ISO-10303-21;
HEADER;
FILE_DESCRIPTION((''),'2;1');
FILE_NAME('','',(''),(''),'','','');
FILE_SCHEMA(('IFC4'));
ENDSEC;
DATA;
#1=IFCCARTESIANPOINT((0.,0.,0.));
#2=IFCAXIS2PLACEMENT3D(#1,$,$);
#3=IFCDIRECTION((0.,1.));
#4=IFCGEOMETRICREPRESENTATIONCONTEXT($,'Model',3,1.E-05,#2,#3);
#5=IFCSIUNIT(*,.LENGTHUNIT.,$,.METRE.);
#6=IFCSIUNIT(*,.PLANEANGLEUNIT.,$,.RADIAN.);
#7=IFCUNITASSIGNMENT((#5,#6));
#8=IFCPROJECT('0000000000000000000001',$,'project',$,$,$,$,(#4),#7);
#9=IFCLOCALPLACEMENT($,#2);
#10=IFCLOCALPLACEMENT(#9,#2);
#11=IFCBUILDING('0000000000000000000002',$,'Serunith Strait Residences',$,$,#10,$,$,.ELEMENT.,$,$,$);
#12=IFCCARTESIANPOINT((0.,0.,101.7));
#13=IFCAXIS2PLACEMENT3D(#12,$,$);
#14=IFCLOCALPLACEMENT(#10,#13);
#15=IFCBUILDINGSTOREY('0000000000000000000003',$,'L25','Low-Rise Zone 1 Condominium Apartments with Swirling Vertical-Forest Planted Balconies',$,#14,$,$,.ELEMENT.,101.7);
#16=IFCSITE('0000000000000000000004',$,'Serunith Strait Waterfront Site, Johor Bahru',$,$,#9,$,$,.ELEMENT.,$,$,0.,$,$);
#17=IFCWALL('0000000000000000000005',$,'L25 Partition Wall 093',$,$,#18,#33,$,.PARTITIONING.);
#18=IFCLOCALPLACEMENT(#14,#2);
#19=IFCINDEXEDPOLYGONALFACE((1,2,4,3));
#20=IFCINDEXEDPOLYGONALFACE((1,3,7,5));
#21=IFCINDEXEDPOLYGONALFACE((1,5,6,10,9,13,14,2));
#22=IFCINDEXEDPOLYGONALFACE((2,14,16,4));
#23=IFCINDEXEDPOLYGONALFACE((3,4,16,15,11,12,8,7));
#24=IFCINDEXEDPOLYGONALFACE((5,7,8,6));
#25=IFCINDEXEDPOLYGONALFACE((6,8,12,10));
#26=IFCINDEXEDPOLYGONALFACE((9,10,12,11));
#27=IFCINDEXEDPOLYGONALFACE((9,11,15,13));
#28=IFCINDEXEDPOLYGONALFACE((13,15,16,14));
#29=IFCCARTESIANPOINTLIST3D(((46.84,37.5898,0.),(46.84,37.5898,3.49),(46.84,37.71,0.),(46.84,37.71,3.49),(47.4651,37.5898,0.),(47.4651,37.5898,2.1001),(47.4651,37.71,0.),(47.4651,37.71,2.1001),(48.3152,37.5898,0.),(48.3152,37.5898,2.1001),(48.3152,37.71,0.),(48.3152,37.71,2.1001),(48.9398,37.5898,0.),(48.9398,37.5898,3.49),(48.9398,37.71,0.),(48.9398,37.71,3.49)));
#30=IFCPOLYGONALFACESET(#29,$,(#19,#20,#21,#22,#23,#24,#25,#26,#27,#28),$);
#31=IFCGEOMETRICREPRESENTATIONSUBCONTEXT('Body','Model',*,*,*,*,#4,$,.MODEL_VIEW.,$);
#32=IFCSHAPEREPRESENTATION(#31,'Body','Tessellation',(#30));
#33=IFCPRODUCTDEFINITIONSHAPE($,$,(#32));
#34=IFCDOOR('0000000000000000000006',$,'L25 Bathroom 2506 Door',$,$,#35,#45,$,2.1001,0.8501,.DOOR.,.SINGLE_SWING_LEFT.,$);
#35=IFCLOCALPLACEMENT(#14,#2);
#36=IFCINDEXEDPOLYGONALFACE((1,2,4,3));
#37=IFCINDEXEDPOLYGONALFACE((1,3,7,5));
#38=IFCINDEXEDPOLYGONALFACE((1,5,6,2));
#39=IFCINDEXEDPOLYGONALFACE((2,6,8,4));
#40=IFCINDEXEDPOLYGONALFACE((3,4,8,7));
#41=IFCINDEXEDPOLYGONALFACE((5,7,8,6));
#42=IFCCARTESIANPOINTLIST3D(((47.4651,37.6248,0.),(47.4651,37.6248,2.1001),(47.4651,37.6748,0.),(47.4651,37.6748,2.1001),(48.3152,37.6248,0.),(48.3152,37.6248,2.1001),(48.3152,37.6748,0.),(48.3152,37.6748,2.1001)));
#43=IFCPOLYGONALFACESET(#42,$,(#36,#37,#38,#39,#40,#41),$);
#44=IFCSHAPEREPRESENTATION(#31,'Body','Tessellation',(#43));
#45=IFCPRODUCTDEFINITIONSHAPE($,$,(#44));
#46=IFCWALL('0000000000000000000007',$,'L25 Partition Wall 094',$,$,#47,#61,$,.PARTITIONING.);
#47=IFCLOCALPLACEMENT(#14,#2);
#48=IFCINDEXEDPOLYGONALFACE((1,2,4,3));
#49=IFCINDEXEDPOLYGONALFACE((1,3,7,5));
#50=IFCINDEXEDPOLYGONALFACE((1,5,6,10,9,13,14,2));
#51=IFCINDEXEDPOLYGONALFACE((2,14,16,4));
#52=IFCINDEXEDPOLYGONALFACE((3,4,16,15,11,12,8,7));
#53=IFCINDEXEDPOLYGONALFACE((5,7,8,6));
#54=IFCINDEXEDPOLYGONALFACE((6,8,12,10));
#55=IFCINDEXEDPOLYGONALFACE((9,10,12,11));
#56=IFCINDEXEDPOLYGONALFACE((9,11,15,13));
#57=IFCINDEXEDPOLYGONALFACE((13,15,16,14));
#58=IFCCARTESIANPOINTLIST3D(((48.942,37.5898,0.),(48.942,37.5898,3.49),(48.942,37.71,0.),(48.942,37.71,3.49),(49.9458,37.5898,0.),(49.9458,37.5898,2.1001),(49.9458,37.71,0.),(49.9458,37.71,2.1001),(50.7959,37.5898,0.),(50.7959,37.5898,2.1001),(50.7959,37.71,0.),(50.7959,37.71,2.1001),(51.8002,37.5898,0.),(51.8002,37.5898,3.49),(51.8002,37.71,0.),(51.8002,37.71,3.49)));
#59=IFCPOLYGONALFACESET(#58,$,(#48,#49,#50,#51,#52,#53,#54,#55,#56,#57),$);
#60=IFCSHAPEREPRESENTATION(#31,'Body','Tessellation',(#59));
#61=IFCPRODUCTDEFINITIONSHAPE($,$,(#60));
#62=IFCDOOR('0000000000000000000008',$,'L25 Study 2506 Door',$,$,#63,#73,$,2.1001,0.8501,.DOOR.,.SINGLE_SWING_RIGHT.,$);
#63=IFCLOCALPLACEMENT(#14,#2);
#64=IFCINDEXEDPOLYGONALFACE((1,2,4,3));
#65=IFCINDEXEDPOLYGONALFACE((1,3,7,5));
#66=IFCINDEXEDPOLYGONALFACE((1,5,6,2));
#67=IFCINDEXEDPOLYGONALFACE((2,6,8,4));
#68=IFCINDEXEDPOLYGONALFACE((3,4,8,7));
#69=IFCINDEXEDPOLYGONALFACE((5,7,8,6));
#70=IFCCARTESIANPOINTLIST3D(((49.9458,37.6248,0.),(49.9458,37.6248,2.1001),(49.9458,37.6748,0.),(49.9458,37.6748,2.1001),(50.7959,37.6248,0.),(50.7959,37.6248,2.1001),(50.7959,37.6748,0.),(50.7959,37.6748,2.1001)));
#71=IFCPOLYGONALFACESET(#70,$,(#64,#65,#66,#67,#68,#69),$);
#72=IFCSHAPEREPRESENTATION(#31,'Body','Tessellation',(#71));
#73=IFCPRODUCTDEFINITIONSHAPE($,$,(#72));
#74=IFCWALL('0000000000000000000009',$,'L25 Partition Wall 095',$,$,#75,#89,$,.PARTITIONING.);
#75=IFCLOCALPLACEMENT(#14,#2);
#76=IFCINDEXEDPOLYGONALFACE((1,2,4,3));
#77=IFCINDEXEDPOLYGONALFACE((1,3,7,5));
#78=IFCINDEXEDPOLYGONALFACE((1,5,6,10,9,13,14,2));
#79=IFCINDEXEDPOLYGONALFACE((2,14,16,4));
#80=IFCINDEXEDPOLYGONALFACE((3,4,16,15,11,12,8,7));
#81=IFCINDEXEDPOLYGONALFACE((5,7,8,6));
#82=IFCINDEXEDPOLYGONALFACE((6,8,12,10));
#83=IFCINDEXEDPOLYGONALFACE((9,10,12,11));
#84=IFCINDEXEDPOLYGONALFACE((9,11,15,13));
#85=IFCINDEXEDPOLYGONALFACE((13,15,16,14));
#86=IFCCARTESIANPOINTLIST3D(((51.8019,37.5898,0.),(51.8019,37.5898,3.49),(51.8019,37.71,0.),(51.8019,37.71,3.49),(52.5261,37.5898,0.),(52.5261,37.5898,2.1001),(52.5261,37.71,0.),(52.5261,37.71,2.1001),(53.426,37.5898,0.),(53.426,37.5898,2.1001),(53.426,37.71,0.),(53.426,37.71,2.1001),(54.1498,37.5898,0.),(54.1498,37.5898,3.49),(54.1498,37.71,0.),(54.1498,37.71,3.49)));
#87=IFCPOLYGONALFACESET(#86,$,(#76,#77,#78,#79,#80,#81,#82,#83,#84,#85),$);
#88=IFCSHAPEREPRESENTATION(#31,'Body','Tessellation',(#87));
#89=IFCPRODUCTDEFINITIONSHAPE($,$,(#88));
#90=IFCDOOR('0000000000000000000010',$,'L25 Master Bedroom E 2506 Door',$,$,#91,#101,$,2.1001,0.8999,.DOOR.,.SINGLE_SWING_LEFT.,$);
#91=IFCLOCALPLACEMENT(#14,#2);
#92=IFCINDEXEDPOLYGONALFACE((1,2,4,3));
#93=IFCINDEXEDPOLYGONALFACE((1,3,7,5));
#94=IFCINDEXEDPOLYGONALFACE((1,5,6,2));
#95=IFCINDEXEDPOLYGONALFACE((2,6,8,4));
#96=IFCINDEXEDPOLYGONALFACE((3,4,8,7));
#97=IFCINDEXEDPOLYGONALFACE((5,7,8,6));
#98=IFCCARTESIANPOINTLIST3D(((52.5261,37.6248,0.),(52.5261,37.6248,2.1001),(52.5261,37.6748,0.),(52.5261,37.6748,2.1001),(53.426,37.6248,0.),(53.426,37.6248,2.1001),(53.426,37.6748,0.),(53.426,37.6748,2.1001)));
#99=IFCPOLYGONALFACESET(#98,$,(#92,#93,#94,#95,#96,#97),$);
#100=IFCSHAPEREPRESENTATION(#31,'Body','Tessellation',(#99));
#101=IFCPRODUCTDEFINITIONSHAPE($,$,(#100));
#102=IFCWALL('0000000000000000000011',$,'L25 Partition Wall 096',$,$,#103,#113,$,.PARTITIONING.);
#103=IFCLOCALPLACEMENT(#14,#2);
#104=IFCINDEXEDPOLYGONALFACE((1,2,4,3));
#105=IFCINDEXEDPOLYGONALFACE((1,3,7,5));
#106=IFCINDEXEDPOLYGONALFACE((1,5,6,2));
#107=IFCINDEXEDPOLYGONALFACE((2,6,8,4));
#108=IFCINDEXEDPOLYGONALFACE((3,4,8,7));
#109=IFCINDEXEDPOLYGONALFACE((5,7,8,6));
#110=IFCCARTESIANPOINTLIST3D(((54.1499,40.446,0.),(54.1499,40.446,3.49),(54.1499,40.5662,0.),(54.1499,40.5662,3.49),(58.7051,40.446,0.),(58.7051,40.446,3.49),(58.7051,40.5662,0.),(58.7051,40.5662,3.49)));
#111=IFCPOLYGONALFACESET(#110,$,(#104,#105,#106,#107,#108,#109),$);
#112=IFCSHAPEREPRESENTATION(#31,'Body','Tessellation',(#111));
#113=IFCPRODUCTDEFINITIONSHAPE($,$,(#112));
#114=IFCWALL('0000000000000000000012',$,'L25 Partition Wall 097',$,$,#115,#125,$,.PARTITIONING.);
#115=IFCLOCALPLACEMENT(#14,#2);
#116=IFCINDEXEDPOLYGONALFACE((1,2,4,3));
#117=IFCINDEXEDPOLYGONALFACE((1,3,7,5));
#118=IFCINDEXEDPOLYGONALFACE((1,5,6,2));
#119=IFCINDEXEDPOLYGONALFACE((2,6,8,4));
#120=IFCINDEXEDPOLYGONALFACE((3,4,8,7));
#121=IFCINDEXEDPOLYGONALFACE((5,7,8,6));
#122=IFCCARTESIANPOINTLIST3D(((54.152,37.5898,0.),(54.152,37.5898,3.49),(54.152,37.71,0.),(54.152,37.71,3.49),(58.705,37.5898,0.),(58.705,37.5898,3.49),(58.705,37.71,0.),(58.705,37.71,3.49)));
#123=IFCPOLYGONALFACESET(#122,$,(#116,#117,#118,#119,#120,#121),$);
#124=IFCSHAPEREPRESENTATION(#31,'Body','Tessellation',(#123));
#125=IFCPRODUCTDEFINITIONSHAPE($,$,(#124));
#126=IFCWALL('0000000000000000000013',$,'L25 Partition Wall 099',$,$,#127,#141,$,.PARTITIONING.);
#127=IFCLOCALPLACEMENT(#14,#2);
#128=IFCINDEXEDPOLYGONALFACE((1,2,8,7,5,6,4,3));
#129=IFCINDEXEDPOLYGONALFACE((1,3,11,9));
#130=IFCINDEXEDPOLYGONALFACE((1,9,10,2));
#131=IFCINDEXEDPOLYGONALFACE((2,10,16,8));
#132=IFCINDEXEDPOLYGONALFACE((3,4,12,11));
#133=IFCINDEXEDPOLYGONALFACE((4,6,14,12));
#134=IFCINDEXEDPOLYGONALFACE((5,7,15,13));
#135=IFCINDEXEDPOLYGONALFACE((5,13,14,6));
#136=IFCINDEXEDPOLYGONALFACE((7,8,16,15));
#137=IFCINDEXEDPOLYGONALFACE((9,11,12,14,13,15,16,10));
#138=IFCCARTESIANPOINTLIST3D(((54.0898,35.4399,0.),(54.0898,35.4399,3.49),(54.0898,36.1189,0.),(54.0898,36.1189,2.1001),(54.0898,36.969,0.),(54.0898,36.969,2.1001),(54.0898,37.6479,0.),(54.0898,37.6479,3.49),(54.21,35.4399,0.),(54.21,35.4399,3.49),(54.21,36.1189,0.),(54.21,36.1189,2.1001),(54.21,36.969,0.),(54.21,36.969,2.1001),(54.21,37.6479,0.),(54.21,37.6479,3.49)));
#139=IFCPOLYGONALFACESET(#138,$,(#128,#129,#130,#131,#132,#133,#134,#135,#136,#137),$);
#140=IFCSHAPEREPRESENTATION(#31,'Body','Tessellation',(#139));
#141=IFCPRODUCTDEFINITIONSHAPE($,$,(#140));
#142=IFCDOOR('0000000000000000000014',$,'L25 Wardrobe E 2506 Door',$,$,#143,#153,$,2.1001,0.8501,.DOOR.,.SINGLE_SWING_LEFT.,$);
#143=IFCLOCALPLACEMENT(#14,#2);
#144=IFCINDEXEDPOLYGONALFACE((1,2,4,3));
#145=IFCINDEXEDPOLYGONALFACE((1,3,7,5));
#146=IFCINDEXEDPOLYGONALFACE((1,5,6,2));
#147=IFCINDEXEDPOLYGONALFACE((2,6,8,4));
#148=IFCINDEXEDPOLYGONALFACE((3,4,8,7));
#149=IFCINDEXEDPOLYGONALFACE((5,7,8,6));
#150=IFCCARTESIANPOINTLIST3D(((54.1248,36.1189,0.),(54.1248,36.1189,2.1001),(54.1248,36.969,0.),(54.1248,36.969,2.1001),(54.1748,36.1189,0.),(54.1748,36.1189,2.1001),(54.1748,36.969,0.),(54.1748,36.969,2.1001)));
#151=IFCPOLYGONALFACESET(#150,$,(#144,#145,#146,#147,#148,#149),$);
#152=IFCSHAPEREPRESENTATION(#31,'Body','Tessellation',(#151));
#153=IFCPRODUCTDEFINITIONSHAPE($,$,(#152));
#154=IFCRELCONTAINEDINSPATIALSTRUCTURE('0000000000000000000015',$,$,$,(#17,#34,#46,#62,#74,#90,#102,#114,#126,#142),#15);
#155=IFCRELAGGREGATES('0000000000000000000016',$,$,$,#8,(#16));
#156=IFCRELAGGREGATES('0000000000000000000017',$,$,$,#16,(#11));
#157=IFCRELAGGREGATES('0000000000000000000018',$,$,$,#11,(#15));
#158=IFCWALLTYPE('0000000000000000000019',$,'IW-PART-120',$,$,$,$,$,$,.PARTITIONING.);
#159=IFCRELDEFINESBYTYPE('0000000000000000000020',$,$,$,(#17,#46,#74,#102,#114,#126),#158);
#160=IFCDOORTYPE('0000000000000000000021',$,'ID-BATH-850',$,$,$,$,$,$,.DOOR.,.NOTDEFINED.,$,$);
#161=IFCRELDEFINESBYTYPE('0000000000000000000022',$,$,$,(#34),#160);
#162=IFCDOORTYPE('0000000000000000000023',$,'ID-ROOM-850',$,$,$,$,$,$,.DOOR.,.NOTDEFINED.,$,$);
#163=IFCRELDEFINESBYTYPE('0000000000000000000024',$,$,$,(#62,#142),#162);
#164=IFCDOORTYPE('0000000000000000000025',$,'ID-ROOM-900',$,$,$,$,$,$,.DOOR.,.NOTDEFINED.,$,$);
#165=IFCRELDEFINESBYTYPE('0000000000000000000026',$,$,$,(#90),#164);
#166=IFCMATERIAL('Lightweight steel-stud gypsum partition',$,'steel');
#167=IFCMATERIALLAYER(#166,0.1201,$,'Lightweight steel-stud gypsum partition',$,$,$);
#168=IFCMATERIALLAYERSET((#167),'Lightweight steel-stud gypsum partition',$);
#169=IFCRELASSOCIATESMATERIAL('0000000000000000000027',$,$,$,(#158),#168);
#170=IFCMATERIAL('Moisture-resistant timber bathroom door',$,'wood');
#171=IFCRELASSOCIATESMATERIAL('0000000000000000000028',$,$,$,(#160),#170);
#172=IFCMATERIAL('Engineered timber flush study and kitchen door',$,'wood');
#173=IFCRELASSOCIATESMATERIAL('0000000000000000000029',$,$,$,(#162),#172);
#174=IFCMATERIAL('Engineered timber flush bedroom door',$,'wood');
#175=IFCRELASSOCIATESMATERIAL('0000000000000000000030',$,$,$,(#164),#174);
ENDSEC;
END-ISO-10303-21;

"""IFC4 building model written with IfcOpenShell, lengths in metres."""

from ifc_helpers import new_model, si_unit, direction, frame, frame_2d, origin, place, context, subcontext, project, spatial, rectangle, extrude, source, transform, mapped, material, layer, layer_set, type_object, element, fill, save


model = new_model("IFC4")

# Units and contexts
model_context = context("Model", 3, precision=1e-05, world=origin(), true_north=direction((0.0, 1.0)))
body_context = subcontext(model_context, "Body", "Model", "MODEL_VIEW")
ifc_project = project(units=[si_unit("LENGTHUNIT", "METRE"), si_unit("PLANEANGLEUNIT", "RADIAN")], contexts=[model_context])

# Site, building, storey
site_placement = place(None, origin())
site = spatial("IfcSite", under=ifc_project, at=site_placement, Name="Serunith Strait Waterfront Site, Johor Bahru", CompositionType="ELEMENT", RefElevation=0.0)
building_placement = place(site_placement, origin())
building = spatial("IfcBuilding", under=site, at=building_placement, Name="Serunith Strait Residences", CompositionType="ELEMENT")
storey_placement = place(building_placement, frame((0.0, 0.0, 101.7)))
storey = spatial("IfcBuildingStorey", under=building, at=storey_placement, Name="L25", Description="Low-Rise Zone 1 Condominium Apartments with Swirling Vertical-Forest Planted Balconies", CompositionType="ELEMENT", Elevation=101.7)

# Walls, openings, doors
ifc_material_1 = material(Name="Lightweight steel-stud gypsum partition", Category="steel")
ifc_layer_1 = layer(ifc_material_1, 0.1201, Name="Lightweight steel-stud gypsum partition")
ifc_layer_set_1 = layer_set([ifc_layer_1], Name="Lightweight steel-stud gypsum partition")
wall_type = type_object("IfcWallType", Name="IW-PART-120", PredefinedType="PARTITIONING", material=ifc_layer_set_1)
wall_1_placement = place(storey_placement, frame((46.8401, 37.6499, 0.0), z_axis=(0.0, 0.0, 1.0), x_axis=(1.0, 0.0, 0.0)))
wall_1 = element("IfcWall", 1, at=wall_1_placement, inside=storey, type_object=wall_type, Name="L25 Partition Wall 093", PredefinedType="PARTITIONING", context=body_context, shape_type="SweptSolid", body=[
    extrude(rectangle(XDim=2.0999, YDim=0.1201, at=frame_2d((1.0498, 0.0))), origin(), (0.0, 0.0, 1.0), 3.49),
])
opening_1_placement = place(wall_1_placement, frame((0.625, 0.0, 0.0)))
opening_1 = element("IfcOpeningElement", 2, at=opening_1_placement, cuts=wall_1, PredefinedType="OPENING", context=body_context, shape_type="SweptSolid", body=[
    extrude(rectangle(XDim=0.8501, YDim=2.1001, at=frame_2d((0.425, 1.05))), frame((0.0, 0.0701, 0.0), z_axis=(0.0, -1.0, 0.0), x_axis=(1.0, 0.0, 0.0)), (0.0, 0.0, 1.0), 0.1401),
])
ifc_material_2 = material(Name="Moisture-resistant timber bathroom door", Category="wood")
door_type_1 = type_object("IfcDoorType", Name="ID-BATH-850", OperationType="NOTDEFINED", PredefinedType="DOOR", material=ifc_material_2)
shared_shape_1 = source(origin(), body_context, "Body", "SweptSolid", [
    extrude(rectangle(XDim=0.8501, YDim=2.1001, at=frame_2d((0.425, 1.05))), frame((0.0, 0.0249, 0.0), z_axis=(0.0, -1.0, 0.0), x_axis=(1.0, 0.0, 0.0)), (0.0, 0.0, 1.0), 0.05),
])
door_1_placement = place(opening_1_placement, origin())
door_1 = element("IfcDoor", 3, at=door_1_placement, inside=storey, type_object=door_type_1, Name="L25 Bathroom 2506 Door", OperationType="SINGLE_SWING_LEFT", OverallHeight=2.1001, OverallWidth=0.8501, PredefinedType="DOOR", context=body_context, shape_type="MappedRepresentation", body=[
    mapped(shared_shape_1, transform((0.0, 0.0, 0.0), scale=1.0)),
])
fill(opening_1, door_1)
wall_2_placement = place(storey_placement, frame((48.9419, 37.6499, 0.0), z_axis=(0.0, 0.0, 1.0), x_axis=(1.0, 0.0, 0.0)))
wall_2 = element("IfcWall", 4, at=wall_2_placement, inside=storey, type_object=wall_type, Name="L25 Partition Wall 094", PredefinedType="PARTITIONING", context=body_context, shape_type="SweptSolid", body=[
    extrude(rectangle(XDim=2.8582, YDim=0.1201, at=frame_2d((1.4292, 0.0))), origin(), (0.0, 0.0, 1.0), 3.49),
])
opening_2_placement = place(wall_2_placement, frame((1.0039, 0.0, 0.0)))
opening_2 = element("IfcOpeningElement", 5, at=opening_2_placement, cuts=wall_2, PredefinedType="OPENING", context=body_context, shape_type="SweptSolid", body=[
    extrude(rectangle(XDim=0.8501, YDim=2.1001, at=frame_2d((0.425, 1.05))), frame((0.0, 0.0701, 0.0), z_axis=(0.0, -1.0, 0.0), x_axis=(1.0, 0.0, 0.0)), (0.0, 0.0, 1.0), 0.1401),
])
ifc_material_3 = material(Name="Engineered timber flush study and kitchen door", Category="wood")
door_type_2 = type_object("IfcDoorType", Name="ID-ROOM-850", OperationType="NOTDEFINED", PredefinedType="DOOR", material=ifc_material_3)
door_2_placement = place(opening_2_placement, origin())
door_2 = element("IfcDoor", 6, at=door_2_placement, inside=storey, type_object=door_type_2, Name="L25 Study 2506 Door", OperationType="SINGLE_SWING_RIGHT", OverallHeight=2.1001, OverallWidth=0.8501, PredefinedType="DOOR", context=body_context, shape_type="MappedRepresentation", body=[
    mapped(shared_shape_1, transform((0.0, 0.0, 0.0), scale=1.0)),
])
fill(opening_2, door_2)
wall_3_placement = place(storey_placement, frame((51.802, 37.6499, 0.0), z_axis=(0.0, 0.0, 1.0), x_axis=(1.0, 0.0, 0.0)))
wall_3 = element("IfcWall", 7, at=wall_3_placement, inside=storey, type_object=wall_type, Name="L25 Partition Wall 095", PredefinedType="PARTITIONING", context=body_context, shape_type="SweptSolid", body=[
    extrude(rectangle(XDim=2.3479, YDim=0.1201, at=frame_2d((1.1738, 0.0))), origin(), (0.0, 0.0, 1.0), 3.49),
])
opening_3_placement = place(wall_3_placement, frame((0.7241, 0.0, 0.0)))
opening_3 = element("IfcOpeningElement", 8, at=opening_3_placement, cuts=wall_3, PredefinedType="OPENING", context=body_context, shape_type="SweptSolid", body=[
    extrude(rectangle(XDim=0.8999, YDim=2.1001, at=frame_2d((0.45, 1.05))), frame((0.0, 0.0701, 0.0), z_axis=(0.0, -1.0, 0.0), x_axis=(1.0, 0.0, 0.0)), (0.0, 0.0, 1.0), 0.1401),
])
ifc_material_4 = material(Name="Engineered timber flush bedroom door", Category="wood")
door_type_3 = type_object("IfcDoorType", Name="ID-ROOM-900", OperationType="NOTDEFINED", PredefinedType="DOOR", material=ifc_material_4)
shared_shape_2 = source(origin(), body_context, "Body", "SweptSolid", [
    extrude(rectangle(XDim=0.8999, YDim=2.1001, at=frame_2d((0.45, 1.05))), frame((0.0, 0.0249, 0.0), z_axis=(0.0, -1.0, 0.0), x_axis=(1.0, 0.0, 0.0)), (0.0, 0.0, 1.0), 0.05),
])
door_3_placement = place(opening_3_placement, origin())
door_3 = element("IfcDoor", 9, at=door_3_placement, inside=storey, type_object=door_type_3, Name="L25 Master Bedroom E 2506 Door", OperationType="SINGLE_SWING_LEFT", OverallHeight=2.1001, OverallWidth=0.8999, PredefinedType="DOOR", context=body_context, shape_type="MappedRepresentation", body=[
    mapped(shared_shape_2, transform((0.0, 0.0, 0.0), scale=1.0)),
])
fill(opening_3, door_3)

# Walls
wall_4_placement = place(storey_placement, frame((54.1499, 40.5061, 0.0), z_axis=(0.0, 0.0, 1.0), x_axis=(1.0, 0.0, 0.0)))
element("IfcWall", 10, at=wall_4_placement, inside=storey, type_object=wall_type, Name="L25 Partition Wall 096", PredefinedType="PARTITIONING", context=body_context, shape_type="SweptSolid", body=[
    extrude(rectangle(XDim=4.5552, YDim=0.1201, at=frame_2d((2.2776, 0.0))), origin(), (0.0, 0.0, 1.0), 3.49),
])
wall_5_placement = place(storey_placement, frame((54.1521, 37.6499, 0.0), z_axis=(0.0, 0.0, 1.0), x_axis=(1.0, 0.0, 0.0)))
element("IfcWall", 11, at=wall_5_placement, inside=storey, type_object=wall_type, Name="L25 Partition Wall 097", PredefinedType="PARTITIONING", context=body_context, shape_type="SweptSolid", body=[
    extrude(rectangle(XDim=4.553, YDim=0.1201, at=frame_2d((2.2764, 0.0))), origin(), (0.0, 0.0, 1.0), 3.49),
])

# Wall, opening, door
wall_6_placement = place(storey_placement, frame((54.1499, 37.6479, 0.0), z_axis=(0.0, 0.0, 1.0), x_axis=(0.0, -1.0, 0.0)))
wall_6 = element("IfcWall", 12, at=wall_6_placement, inside=storey, type_object=wall_type, Name="L25 Partition Wall 099", PredefinedType="PARTITIONING", context=body_context, shape_type="SweptSolid", body=[
    extrude(rectangle(XDim=2.208, YDim=0.1201, at=frame_2d((1.104, 0.0))), origin(), (0.0, 0.0, 1.0), 3.49),
])
opening_4_placement = place(wall_6_placement, frame((0.679, 0.0, 0.0)))
opening_4 = element("IfcOpeningElement", 13, at=opening_4_placement, cuts=wall_6, PredefinedType="OPENING", context=body_context, shape_type="SweptSolid", body=[
    extrude(rectangle(XDim=0.8501, YDim=2.1001, at=frame_2d((0.425, 1.05))), frame((0.0, 0.0701, 0.0), z_axis=(0.0, -1.0, 0.0), x_axis=(1.0, 0.0, 0.0)), (0.0, 0.0, 1.0), 0.1401),
])
door_4_placement = place(opening_4_placement, origin())
door_4 = element("IfcDoor", 14, at=door_4_placement, inside=storey, type_object=door_type_2, Name="L25 Wardrobe E 2506 Door", OperationType="SINGLE_SWING_LEFT", OverallHeight=2.1001, OverallWidth=0.8501, PredefinedType="DOOR", context=body_context, shape_type="MappedRepresentation", body=[
    mapped(shared_shape_1, transform((0.0, 0.0, 0.0), scale=1.0)),
])
fill(opening_4, door_4)

save(model, "model.ifc")
